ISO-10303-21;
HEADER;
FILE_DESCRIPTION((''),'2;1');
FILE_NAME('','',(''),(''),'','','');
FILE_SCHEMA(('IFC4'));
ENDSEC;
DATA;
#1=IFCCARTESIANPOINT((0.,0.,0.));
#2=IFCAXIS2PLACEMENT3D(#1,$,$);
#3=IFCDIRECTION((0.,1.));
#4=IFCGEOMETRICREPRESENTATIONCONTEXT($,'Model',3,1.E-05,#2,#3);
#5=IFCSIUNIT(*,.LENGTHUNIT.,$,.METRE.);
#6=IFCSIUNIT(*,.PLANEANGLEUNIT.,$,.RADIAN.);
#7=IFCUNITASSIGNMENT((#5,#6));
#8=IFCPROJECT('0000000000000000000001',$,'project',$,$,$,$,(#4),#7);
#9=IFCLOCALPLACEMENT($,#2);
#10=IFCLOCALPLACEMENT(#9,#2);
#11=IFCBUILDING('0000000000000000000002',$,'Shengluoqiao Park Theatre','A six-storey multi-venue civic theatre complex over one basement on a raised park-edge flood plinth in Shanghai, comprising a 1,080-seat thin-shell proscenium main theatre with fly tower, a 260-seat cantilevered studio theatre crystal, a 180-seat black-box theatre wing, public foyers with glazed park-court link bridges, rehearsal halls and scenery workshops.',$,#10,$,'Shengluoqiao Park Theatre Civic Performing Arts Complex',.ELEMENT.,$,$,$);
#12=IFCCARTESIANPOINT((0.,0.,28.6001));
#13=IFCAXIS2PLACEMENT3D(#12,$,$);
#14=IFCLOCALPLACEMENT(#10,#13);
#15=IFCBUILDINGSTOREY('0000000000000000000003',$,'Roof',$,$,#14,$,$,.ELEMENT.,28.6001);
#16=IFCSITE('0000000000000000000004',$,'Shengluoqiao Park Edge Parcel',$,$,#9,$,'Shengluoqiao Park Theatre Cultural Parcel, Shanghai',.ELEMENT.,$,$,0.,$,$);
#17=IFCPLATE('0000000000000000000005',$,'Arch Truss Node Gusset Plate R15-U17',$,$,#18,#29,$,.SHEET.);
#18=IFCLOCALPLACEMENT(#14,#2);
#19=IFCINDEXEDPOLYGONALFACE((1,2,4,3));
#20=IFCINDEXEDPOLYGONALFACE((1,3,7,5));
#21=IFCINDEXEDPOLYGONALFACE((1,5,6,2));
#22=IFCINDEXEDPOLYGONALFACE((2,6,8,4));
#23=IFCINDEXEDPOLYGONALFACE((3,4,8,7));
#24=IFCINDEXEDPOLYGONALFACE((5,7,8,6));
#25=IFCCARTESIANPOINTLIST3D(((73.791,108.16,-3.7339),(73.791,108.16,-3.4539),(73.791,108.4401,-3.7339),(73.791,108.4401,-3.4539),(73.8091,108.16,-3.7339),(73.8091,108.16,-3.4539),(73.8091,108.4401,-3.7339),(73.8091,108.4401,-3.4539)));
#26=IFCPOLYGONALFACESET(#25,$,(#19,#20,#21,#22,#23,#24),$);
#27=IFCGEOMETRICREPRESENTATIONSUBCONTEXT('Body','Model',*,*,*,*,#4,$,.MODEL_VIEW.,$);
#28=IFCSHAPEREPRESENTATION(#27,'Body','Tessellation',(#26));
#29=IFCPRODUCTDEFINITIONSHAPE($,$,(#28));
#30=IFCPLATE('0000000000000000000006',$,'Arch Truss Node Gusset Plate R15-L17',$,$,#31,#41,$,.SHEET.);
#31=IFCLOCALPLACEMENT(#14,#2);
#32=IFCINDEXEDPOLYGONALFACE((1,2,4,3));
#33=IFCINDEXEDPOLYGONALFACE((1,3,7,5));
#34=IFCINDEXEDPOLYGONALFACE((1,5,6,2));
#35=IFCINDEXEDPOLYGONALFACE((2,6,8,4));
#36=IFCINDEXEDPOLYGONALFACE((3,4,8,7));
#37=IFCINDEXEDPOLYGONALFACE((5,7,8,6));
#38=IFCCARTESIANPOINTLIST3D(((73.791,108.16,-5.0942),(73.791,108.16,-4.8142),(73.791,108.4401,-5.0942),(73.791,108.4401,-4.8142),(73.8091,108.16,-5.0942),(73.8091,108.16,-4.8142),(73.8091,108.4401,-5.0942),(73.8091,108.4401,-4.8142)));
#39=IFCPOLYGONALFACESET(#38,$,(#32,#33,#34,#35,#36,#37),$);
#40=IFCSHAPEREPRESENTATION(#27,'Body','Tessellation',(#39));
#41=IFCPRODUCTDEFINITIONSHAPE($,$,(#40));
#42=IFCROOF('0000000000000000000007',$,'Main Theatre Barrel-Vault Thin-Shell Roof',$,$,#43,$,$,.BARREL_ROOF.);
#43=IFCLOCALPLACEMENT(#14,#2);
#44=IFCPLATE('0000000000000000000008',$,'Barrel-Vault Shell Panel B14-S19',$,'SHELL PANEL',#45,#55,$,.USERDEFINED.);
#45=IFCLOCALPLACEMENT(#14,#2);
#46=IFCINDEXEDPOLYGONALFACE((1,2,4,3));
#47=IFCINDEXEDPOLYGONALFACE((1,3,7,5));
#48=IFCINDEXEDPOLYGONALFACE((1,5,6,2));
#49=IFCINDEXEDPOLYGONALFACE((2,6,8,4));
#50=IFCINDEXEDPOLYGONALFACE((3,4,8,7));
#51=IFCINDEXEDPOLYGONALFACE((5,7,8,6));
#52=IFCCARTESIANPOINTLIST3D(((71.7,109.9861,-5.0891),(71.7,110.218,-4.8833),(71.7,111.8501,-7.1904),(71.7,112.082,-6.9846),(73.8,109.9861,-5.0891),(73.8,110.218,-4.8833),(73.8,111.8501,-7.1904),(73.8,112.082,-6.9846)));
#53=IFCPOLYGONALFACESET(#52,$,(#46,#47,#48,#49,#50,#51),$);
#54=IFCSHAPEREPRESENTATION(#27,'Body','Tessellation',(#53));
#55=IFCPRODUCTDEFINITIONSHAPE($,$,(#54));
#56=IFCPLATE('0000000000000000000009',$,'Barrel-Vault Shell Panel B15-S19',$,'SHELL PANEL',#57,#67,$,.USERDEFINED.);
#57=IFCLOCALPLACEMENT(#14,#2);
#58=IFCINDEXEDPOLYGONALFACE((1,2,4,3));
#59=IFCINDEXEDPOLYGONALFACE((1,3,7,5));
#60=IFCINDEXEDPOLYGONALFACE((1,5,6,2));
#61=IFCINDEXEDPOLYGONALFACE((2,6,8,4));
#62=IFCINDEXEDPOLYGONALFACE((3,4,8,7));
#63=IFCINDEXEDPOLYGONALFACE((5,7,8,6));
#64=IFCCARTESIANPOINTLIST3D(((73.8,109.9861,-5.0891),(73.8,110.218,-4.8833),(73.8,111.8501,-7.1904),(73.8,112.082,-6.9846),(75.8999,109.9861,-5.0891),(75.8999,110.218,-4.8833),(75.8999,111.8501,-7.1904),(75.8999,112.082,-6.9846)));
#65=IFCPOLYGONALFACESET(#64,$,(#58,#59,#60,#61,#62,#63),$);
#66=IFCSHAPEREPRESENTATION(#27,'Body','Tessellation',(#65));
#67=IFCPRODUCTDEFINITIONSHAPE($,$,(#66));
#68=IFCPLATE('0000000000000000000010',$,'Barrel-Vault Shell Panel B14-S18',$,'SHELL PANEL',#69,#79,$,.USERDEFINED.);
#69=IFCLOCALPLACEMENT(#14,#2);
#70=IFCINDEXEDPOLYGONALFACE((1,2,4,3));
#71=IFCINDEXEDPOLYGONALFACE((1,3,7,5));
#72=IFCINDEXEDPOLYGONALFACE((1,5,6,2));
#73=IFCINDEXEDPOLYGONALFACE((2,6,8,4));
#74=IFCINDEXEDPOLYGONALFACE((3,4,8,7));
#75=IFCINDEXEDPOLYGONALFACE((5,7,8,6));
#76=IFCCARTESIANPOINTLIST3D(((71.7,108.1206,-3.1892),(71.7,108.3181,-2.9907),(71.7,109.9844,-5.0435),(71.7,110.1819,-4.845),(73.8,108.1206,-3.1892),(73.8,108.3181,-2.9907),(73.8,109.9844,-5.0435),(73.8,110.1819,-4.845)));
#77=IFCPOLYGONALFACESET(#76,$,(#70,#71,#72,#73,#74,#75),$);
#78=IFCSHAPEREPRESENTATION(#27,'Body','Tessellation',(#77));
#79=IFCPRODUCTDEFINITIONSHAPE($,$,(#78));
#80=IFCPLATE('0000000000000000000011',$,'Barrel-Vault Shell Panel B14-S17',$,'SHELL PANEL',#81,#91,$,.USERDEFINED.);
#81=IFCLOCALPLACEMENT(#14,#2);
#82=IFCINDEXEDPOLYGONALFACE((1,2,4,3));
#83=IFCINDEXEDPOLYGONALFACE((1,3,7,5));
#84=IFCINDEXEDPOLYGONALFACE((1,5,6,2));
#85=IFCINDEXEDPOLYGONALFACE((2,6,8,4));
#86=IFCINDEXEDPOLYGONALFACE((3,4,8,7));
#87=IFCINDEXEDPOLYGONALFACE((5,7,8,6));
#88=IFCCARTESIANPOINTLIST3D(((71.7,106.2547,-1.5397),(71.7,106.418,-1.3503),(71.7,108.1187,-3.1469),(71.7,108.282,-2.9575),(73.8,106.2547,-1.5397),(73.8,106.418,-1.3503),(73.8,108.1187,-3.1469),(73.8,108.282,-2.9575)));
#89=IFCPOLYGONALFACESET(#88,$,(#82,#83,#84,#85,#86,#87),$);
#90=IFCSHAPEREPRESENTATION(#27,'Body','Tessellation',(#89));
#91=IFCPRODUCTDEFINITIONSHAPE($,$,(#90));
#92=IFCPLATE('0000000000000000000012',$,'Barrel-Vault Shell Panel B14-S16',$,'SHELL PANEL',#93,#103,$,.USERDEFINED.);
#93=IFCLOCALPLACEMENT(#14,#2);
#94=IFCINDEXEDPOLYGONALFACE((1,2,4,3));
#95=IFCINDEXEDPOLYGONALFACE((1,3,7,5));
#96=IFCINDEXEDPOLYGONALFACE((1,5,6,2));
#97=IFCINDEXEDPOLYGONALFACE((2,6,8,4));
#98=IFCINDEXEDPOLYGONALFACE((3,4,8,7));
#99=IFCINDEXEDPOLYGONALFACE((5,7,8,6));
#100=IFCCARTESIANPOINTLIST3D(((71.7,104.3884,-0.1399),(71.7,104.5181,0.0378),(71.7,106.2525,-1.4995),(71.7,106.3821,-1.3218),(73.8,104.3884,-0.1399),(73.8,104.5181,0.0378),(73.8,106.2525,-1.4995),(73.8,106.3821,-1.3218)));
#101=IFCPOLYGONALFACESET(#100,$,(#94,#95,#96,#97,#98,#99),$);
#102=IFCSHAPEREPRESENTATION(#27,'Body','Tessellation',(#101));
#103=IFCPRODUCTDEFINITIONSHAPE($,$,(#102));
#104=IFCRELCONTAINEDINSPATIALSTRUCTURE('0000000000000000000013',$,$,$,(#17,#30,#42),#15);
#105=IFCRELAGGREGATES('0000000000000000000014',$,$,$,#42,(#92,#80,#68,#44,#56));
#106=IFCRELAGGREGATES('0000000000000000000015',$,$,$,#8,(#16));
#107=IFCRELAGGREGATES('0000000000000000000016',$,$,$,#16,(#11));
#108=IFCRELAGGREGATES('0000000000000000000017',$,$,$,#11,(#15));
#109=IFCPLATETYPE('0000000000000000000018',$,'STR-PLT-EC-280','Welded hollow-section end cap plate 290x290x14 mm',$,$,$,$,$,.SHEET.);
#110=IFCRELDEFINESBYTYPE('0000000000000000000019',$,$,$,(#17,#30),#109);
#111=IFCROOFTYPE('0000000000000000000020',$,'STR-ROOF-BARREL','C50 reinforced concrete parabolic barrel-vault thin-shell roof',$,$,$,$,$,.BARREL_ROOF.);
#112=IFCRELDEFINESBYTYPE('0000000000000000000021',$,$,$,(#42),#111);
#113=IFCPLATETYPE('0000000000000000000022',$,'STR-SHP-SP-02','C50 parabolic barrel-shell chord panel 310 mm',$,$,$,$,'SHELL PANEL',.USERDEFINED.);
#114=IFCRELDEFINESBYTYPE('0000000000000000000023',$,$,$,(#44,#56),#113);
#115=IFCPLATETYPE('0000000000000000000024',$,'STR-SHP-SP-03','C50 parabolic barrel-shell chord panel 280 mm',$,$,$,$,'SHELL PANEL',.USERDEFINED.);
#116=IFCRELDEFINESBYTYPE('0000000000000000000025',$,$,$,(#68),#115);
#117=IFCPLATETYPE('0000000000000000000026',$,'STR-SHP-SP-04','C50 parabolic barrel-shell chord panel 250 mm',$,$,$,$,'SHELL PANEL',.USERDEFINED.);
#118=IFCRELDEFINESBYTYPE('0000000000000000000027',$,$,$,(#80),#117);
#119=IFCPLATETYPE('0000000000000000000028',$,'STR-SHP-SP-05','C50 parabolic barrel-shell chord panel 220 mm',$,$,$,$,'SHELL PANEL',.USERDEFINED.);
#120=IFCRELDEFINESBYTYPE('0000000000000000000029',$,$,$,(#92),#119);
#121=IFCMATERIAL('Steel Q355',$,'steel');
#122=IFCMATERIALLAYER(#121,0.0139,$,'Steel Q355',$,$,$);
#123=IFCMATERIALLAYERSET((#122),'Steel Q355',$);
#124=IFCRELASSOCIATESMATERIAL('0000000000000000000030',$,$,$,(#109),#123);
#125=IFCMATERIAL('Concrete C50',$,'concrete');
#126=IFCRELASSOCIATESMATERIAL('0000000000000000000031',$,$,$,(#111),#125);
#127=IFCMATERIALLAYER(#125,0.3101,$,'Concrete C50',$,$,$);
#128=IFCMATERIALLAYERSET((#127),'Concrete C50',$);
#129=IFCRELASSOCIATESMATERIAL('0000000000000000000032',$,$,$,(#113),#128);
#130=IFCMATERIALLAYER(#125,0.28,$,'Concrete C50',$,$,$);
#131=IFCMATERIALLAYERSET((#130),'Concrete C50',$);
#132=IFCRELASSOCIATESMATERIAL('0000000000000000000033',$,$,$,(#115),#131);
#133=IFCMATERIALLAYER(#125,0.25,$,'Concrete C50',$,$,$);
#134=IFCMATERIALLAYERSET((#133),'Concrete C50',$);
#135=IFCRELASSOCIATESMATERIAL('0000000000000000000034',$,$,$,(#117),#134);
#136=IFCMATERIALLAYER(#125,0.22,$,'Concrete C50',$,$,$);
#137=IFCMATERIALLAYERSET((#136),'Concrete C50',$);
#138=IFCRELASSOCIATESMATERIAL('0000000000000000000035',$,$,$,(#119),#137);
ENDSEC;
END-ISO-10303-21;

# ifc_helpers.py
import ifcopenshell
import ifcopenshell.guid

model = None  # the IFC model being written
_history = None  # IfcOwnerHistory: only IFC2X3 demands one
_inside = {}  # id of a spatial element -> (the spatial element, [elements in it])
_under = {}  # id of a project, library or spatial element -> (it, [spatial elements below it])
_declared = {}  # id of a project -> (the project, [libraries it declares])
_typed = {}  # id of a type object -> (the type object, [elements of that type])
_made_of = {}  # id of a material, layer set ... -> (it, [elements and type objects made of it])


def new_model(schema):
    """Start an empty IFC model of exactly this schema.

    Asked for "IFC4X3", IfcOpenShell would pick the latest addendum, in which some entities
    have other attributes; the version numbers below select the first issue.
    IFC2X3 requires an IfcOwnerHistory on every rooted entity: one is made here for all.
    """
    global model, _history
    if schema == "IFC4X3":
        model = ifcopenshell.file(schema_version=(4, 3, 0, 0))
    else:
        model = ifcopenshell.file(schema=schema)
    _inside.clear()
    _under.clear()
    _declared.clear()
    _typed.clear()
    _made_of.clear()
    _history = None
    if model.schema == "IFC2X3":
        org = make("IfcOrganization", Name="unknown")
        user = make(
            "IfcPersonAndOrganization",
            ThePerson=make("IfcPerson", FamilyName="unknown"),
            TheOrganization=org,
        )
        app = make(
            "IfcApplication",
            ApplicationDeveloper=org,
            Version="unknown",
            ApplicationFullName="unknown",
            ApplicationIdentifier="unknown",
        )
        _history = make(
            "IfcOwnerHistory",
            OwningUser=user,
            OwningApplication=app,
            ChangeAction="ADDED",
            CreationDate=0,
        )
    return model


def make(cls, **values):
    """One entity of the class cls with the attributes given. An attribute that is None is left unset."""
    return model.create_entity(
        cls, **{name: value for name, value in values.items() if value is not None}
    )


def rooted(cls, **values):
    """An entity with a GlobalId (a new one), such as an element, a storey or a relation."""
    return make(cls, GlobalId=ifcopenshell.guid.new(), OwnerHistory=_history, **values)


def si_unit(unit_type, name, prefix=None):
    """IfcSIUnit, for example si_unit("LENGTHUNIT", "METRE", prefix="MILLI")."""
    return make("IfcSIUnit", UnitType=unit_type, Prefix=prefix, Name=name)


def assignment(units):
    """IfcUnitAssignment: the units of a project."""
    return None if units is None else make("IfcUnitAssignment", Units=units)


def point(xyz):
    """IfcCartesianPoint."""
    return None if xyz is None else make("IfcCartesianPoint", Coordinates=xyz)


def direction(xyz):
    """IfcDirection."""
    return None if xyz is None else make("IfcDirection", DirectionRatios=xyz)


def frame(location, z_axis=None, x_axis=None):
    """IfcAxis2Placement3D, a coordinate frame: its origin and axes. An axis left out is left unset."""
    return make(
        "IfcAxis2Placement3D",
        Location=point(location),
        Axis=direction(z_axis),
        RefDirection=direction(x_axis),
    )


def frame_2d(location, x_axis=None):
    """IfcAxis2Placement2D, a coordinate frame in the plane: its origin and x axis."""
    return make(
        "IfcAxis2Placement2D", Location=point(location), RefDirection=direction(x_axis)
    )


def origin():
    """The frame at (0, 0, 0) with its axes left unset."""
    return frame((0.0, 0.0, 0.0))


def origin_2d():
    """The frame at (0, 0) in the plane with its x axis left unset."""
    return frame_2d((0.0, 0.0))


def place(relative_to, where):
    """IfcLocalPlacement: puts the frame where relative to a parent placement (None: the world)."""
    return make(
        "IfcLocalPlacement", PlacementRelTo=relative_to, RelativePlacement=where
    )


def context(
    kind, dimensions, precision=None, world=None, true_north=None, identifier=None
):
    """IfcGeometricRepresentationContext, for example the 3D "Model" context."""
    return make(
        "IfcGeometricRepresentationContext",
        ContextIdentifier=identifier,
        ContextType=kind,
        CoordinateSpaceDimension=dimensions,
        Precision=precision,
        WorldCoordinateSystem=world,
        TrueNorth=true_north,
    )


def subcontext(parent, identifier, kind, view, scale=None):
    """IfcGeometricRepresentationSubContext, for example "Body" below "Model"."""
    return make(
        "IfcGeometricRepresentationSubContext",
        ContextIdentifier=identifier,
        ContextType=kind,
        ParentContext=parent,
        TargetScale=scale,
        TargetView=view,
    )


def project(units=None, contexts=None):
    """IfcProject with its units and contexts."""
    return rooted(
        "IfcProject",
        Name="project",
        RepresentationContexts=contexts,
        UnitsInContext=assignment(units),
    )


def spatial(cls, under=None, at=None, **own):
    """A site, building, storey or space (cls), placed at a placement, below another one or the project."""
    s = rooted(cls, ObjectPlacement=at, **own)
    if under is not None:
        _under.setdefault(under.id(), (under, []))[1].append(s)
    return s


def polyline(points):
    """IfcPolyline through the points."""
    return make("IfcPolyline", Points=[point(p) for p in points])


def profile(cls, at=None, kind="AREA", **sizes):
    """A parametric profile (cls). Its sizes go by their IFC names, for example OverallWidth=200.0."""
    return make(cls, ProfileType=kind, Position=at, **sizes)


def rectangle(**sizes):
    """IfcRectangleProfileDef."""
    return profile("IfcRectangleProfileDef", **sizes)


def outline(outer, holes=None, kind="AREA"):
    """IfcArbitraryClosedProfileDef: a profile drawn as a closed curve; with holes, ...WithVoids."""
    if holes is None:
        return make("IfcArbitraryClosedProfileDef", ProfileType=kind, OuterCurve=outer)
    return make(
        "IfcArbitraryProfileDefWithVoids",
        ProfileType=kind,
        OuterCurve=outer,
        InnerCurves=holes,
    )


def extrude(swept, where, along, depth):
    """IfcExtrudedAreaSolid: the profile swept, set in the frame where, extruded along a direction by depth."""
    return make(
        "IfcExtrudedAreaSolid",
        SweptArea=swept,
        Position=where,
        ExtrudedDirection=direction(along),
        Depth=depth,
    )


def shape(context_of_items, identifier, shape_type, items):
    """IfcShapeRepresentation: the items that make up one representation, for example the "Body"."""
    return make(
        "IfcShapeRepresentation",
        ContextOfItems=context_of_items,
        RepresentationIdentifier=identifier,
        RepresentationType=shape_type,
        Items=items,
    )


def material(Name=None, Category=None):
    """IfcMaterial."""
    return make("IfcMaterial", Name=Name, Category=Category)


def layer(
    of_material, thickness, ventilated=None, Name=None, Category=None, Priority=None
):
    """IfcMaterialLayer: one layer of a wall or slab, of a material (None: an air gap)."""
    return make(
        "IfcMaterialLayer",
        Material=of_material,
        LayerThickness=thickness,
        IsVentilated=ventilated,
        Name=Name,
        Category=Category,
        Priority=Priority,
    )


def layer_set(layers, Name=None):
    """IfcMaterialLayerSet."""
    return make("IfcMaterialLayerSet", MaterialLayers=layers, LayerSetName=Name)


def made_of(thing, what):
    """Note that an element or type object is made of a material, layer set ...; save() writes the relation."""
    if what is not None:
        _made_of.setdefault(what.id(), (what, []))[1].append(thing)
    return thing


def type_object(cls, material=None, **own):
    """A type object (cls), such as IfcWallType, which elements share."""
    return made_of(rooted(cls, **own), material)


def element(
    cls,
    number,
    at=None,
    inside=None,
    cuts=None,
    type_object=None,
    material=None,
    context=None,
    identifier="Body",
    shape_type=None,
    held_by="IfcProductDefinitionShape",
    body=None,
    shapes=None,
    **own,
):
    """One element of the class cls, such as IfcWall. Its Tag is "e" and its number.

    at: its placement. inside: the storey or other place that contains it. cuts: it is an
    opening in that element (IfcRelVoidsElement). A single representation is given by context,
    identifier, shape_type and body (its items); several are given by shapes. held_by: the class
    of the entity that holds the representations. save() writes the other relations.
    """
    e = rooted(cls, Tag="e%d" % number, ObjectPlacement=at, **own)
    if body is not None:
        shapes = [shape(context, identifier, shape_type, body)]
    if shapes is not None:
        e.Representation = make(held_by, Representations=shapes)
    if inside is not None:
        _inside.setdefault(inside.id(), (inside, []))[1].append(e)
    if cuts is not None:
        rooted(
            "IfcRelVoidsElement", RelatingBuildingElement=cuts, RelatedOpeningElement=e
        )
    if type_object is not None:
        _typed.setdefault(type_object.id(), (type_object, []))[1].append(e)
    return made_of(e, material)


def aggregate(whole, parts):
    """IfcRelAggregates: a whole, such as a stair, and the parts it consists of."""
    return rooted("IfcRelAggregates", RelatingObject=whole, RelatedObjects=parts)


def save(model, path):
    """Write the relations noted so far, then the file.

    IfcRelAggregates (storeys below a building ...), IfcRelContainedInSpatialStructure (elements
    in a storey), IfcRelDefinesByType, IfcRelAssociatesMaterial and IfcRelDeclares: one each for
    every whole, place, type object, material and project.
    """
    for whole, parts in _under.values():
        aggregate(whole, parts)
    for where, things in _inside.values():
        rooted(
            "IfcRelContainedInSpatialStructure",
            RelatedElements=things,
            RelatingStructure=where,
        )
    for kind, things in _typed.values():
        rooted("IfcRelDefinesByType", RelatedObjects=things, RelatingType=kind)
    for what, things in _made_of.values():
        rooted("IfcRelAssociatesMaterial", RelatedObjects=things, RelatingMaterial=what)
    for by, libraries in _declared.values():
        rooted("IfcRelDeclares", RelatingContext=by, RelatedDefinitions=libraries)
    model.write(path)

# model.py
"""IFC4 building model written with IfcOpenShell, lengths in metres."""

from ifc_helpers import new_model, si_unit, direction, frame, origin, origin_2d, place, context, subcontext, project, spatial, polyline, rectangle, outline, extrude, material, layer, layer_set, type_object, element, aggregate, save


model = new_model("IFC4")

# Units and contexts
model_context = context("Model", 3, precision=1e-05, world=origin(), true_north=direction((0.0, 1.0)))
body_context = subcontext(model_context, "Body", "Model", "MODEL_VIEW")
ifc_project = project(units=[si_unit("LENGTHUNIT", "METRE"), si_unit("PLANEANGLEUNIT", "RADIAN")], contexts=[model_context])

# Site, building, storey
site_placement = place(None, origin())
site = spatial("IfcSite", under=ifc_project, at=site_placement, Name="Shengluoqiao Park Edge Parcel", LongName="Shengluoqiao Park Theatre Cultural Parcel, Shanghai", CompositionType="ELEMENT", RefElevation=0.0)
building_placement = place(site_placement, origin())
building = spatial("IfcBuilding", under=site, at=building_placement, Name="Shengluoqiao Park Theatre", Description="A six-storey multi-venue civic theatre complex over one basement on a raised park-edge flood plinth in Shanghai, comprising a 1,080-seat thin-shell proscenium main theatre with fly tower, a 260-seat cantilevered studio theatre crystal, a 180-seat black-box theatre wing, public foyers with glazed park-court link bridges, rehearsal halls and scenery workshops.", LongName="Shengluoqiao Park Theatre Civic Performing Arts Complex", CompositionType="ELEMENT")
storey_placement = place(building_placement, frame((0.0, 0.0, 28.6001)))
storey = spatial("IfcBuildingStorey", under=building, at=storey_placement, Name="Roof", CompositionType="ELEMENT", Elevation=28.6001)

# Shared definitions
ifc_material_1 = material(Name="Concrete C50", Category="concrete")
ifc_material_2 = material(Name="Steel Q355", Category="steel")

# Plates
ifc_layer_1 = layer(ifc_material_2, 0.0139, Name="Steel Q355")
ifc_layer_set_1 = layer_set([ifc_layer_1], Name="Steel Q355")
plate_type_1 = type_object("IfcPlateType", Name="STR-PLT-EC-280", Description="Welded hollow-section end cap plate 290x290x14 mm", PredefinedType="SHEET", material=ifc_layer_set_1)
for number, where, z_axis, x_axis, name in (
    (1, (73.8, 108.3, -3.7339), (0.0, 0.0, 1.0), (1.0, 0.0, 0.0), "Arch Truss Node Gusset Plate R15-U17"),
    (2, (73.8, 108.3, -5.0942), (0.0, 0.0, 1.0), (1.0, 0.0, 0.0), "Arch Truss Node Gusset Plate R15-L17"),
):
    element("IfcPlate", number, at=place(storey_placement, frame(where, z_axis=z_axis, x_axis=x_axis)), inside=storey, type_object=plate_type_1, Name=name, PredefinedType="SHEET", context=body_context, shape_type="SweptSolid", body=[
        extrude(rectangle(XDim=0.0181, YDim=0.28, at=origin_2d()), origin(), (0.0, 0.0, 1.0), 0.28),
    ])

# Roof, plates
roof_type = type_object("IfcRoofType", Name="STR-ROOF-BARREL", Description="C50 reinforced concrete parabolic barrel-vault thin-shell roof", PredefinedType="BARREL_ROOF", material=ifc_material_1)
roof_placement = place(storey_placement, origin())
roof = element("IfcRoof", 3, at=roof_placement, inside=storey, type_object=roof_type, Name="Main Theatre Barrel-Vault Thin-Shell Roof", PredefinedType="BARREL_ROOF")
ifc_layer_2 = layer(ifc_material_1, 0.3101, Name="Concrete C50")
ifc_layer_set_2 = layer_set([ifc_layer_2], Name="Concrete C50")
plate_type_2 = type_object("IfcPlateType", Name="STR-SHP-SP-02", Description="C50 parabolic barrel-shell chord panel 310 mm", ElementType="SHELL PANEL", PredefinedType="USERDEFINED", material=ifc_layer_set_2)
plate_1_placement = place(storey_placement, frame((71.7, 110.218, -4.8833), z_axis=(0.0, 0.748085, 0.663603), x_axis=(1.0, 0.0, 0.0)))
plate_1 = element("IfcPlate", 4, at=plate_1_placement, type_object=plate_type_2, Name="Barrel-Vault Shell Panel B14-S19", ObjectType="SHELL PANEL", PredefinedType="USERDEFINED", context=body_context, shape_type="SweptSolid", body=[
    extrude(outline(polyline([(0.0, 0.0), (2.1001, 0.0), (2.1001, 2.8089), (0.0, 2.8089), (0.0, 0.0)])), origin(), (0.0, 0.0, -1.0), 0.3101),
])
plate_2_placement = place(storey_placement, frame((73.8, 110.218, -4.8833), z_axis=(0.0, 0.748085, 0.663603), x_axis=(1.0, 0.0, 0.0)))
plate_2 = element("IfcPlate", 5, at=plate_2_placement, type_object=plate_type_2, Name="Barrel-Vault Shell Panel B15-S19", ObjectType="SHELL PANEL", PredefinedType="USERDEFINED", context=body_context, shape_type="SweptSolid", body=[
    extrude(outline(polyline([(0.0, 0.0), (2.0999, 0.0), (2.0999, 2.8089), (0.0, 2.8089), (0.0, 0.0)])), origin(), (0.0, 0.0, -1.0), 0.3101),
])
ifc_layer_3 = layer(ifc_material_1, 0.28, Name="Concrete C50")
ifc_layer_set_3 = layer_set([ifc_layer_3], Name="Concrete C50")
plate_type_3 = type_object("IfcPlateType", Name="STR-SHP-SP-03", Description="C50 parabolic barrel-shell chord panel 280 mm", ElementType="SHELL PANEL", PredefinedType="USERDEFINED", material=ifc_layer_set_3)
plate_3_placement = place(storey_placement, frame((71.7, 108.3181, -2.9907), z_axis=(0.0, 0.705294, 0.708915), x_axis=(1.0, 0.0, 0.0)))
plate_3 = element("IfcPlate", 6, at=plate_3_placement, type_object=plate_type_3, Name="Barrel-Vault Shell Panel B14-S18", ObjectType="SHELL PANEL", PredefinedType="USERDEFINED", context=body_context, shape_type="SweptSolid", body=[
    extrude(outline(polyline([(0.0, 0.0), (2.1001, 0.0), (2.1001, 2.629), (0.0, 2.629), (0.0, 0.0)])), origin(), (0.0, 0.0, -1.0), 0.28),
])
ifc_layer_4 = layer(ifc_material_1, 0.25, Name="Concrete C50")
ifc_layer_set_4 = layer_set([ifc_layer_4], Name="Concrete C50")
plate_type_4 = type_object("IfcPlateType", Name="STR-SHP-SP-04", Description="C50 parabolic barrel-shell chord panel 250 mm", ElementType="SHELL PANEL", PredefinedType="USERDEFINED", material=ifc_layer_set_4)
plate_4_placement = place(storey_placement, frame((71.7, 106.418, -1.3503), z_axis=(0.0, 0.653002, 0.757356), x_axis=(1.0, 0.0, 0.0)))
plate_4 = element("IfcPlate", 7, at=plate_4_placement, type_object=plate_type_4, Name="Barrel-Vault Shell Panel B14-S17", ObjectType="SHELL PANEL", PredefinedType="USERDEFINED", context=body_context, shape_type="SweptSolid", body=[
    extrude(outline(polyline([(0.0, 0.0), (2.1001, 0.0), (2.1001, 2.4612), (0.0, 2.4612), (0.0, 0.0)])), origin(), (0.0, 0.0, -1.0), 0.25),
])
ifc_layer_5 = layer(ifc_material_1, 0.22, Name="Concrete C50")
ifc_layer_set_5 = layer_set([ifc_layer_5], Name="Concrete C50")
plate_type_5 = type_object("IfcPlateType", Name="STR-SHP-SP-05", Description="C50 parabolic barrel-shell chord panel 220 mm", ElementType="SHELL PANEL", PredefinedType="USERDEFINED", material=ifc_layer_set_5)
plate_5_placement = place(storey_placement, frame((71.7, 104.5181, 0.0378), z_axis=(0.0, 0.589297, 0.807916), x_axis=(1.0, 0.0, 0.0)))
plate_5 = element("IfcPlate", 8, at=plate_5_placement, type_object=plate_type_5, Name="Barrel-Vault Shell Panel B14-S16", ObjectType="SHELL PANEL", PredefinedType="USERDEFINED", context=body_context, shape_type="SweptSolid", body=[
    extrude(outline(polyline([(0.0, 0.0), (2.1001, 0.0), (2.1001, 2.3072), (0.0, 2.3072), (0.0, 0.0)])), origin(), (0.0, 0.0, -1.0), 0.22),
])
aggregate(roof, [plate_5, plate_4, plate_3, plate_1, plate_2])

save(model, "model.ifc")
